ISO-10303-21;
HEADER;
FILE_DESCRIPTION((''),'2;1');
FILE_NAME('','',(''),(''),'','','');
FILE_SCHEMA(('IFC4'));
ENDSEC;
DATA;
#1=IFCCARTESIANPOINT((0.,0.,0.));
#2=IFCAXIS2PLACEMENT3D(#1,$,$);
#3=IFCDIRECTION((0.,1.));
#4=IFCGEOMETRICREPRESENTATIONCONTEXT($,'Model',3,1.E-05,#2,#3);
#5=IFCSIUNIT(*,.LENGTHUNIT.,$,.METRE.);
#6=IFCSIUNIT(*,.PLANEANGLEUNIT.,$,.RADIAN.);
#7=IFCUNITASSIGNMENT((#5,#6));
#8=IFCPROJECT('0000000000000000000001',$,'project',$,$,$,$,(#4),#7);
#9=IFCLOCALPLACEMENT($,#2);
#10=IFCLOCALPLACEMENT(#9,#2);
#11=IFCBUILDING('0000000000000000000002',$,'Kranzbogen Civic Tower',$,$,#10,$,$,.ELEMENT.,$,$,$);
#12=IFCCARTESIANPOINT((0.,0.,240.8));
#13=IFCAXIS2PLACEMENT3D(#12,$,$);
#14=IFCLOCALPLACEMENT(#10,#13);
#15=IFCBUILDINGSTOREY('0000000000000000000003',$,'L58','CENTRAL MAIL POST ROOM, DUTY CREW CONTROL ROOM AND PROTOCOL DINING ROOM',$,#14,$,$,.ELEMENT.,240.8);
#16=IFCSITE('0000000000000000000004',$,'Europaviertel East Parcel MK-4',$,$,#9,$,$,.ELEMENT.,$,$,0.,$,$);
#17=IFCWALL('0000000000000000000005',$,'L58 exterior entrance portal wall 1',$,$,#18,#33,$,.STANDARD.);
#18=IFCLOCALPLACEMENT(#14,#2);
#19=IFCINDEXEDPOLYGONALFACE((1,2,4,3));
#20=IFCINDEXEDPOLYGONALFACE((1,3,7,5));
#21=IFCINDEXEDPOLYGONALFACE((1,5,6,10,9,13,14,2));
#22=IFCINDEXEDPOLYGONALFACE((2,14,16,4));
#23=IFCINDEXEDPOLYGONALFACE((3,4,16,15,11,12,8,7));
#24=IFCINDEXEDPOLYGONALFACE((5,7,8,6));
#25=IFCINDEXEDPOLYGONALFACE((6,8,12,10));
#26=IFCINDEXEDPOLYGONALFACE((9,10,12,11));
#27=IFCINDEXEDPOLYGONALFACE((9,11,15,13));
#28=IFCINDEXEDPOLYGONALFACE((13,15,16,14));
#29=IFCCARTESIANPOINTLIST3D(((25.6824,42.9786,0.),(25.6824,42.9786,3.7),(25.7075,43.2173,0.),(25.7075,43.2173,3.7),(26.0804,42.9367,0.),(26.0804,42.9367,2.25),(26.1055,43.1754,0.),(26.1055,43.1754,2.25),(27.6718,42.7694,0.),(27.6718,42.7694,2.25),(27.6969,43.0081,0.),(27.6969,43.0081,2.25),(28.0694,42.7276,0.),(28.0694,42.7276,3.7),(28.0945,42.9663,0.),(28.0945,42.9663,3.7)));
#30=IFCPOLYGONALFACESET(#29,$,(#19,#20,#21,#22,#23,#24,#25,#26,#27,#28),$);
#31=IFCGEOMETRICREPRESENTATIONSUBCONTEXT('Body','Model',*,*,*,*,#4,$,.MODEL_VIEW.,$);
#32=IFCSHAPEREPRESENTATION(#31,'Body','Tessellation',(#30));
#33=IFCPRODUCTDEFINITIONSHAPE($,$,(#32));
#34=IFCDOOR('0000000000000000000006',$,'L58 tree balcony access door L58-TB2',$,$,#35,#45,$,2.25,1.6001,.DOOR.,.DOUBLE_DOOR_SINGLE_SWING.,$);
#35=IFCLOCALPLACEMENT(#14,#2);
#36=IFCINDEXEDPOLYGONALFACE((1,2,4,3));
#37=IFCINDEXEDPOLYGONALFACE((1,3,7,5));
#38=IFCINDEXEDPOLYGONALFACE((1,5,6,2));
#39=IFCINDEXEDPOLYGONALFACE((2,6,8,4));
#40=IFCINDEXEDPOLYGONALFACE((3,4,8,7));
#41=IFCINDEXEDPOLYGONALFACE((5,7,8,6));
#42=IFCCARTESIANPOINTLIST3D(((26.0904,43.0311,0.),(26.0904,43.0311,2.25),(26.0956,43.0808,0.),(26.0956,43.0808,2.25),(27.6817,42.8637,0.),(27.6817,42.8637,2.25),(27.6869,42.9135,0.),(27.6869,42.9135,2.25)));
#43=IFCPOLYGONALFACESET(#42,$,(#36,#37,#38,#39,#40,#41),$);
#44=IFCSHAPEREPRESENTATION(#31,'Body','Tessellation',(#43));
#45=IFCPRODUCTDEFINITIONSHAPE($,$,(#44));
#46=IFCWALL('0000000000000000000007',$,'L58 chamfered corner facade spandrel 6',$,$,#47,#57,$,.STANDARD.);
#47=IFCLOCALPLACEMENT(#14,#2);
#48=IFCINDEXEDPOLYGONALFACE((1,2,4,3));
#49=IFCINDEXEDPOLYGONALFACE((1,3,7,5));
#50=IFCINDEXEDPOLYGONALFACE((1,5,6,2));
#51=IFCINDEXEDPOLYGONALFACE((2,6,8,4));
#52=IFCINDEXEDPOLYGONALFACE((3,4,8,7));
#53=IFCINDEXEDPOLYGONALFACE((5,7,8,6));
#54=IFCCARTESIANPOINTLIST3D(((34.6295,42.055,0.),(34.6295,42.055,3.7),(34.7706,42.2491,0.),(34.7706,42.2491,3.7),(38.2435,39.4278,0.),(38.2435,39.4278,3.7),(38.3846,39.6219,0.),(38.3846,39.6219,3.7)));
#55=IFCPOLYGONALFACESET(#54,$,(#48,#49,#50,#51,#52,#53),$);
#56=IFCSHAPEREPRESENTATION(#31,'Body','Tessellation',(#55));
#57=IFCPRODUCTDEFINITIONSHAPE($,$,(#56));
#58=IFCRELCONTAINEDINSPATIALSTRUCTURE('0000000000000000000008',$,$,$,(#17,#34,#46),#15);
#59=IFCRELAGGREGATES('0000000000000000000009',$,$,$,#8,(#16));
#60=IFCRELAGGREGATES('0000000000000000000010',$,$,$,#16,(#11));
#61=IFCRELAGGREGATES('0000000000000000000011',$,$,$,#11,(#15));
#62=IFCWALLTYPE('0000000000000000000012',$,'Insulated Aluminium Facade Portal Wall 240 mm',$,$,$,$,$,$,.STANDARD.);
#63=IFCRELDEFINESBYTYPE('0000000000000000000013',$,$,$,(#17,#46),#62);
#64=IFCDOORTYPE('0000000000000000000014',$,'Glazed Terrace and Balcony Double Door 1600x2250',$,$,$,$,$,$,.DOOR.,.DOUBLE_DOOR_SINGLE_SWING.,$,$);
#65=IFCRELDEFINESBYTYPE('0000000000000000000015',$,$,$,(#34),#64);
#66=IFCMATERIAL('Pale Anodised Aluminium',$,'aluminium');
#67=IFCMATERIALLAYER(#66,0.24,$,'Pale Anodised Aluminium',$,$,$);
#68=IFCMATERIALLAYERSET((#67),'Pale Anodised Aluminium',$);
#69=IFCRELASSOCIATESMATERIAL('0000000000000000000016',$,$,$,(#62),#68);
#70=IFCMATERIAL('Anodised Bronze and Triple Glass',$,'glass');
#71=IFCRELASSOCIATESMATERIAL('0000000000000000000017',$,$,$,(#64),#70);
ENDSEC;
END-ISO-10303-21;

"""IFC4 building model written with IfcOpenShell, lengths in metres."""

from ifc_helpers import new_model, si_unit, direction, frame, frame_2d, origin, place, context, subcontext, project, spatial, rectangle, extrude, material, layer, layer_set, type_object, element, fill, save


model = new_model("IFC4")

# Units and contexts
model_context = context("Model", 3, precision=1e-05, world=origin(), true_north=direction((0.0, 1.0)))
body_context = subcontext(model_context, "Body", "Model", "MODEL_VIEW")
ifc_project = project(units=[si_unit("LENGTHUNIT", "METRE"), si_unit("PLANEANGLEUNIT", "RADIAN")], contexts=[model_context])

# Site, building, storey
site_placement = place(None, origin())
site = spatial("IfcSite", under=ifc_project, at=site_placement, Name="Europaviertel East Parcel MK-4", CompositionType="ELEMENT", RefElevation=0.0)
building_placement = place(site_placement, origin())
building = spatial("IfcBuilding", under=site, at=building_placement, Name="Kranzbogen Civic Tower", CompositionType="ELEMENT")
storey_placement = place(building_placement, frame((0.0, 0.0, 240.8)))
storey = spatial("IfcBuildingStorey", under=building, at=storey_placement, Name="L58", Description="CENTRAL MAIL POST ROOM, DUTY CREW CONTROL ROOM AND PROTOCOL DINING ROOM", CompositionType="ELEMENT", Elevation=240.8)

# Shared definitions
ifc_material_1 = material(Name="Pale Anodised Aluminium", Category="aluminium")

# Wall, opening, door
ifc_layer_1 = layer(ifc_material_1, 0.24, Name="Pale Anodised Aluminium")
ifc_layer_set_1 = layer_set([ifc_layer_1], Name="Pale Anodised Aluminium")
wall_type_1 = type_object("IfcWallType", Name="Insulated Aluminium Facade Portal Wall 240 mm", PredefinedType="STANDARD", material=ifc_layer_set_1)
wall_1_placement = place(storey_placement, frame((28.082, 42.8469, 0.0), z_axis=(0.0, 0.0, 1.0), x_axis=(-0.994518, 0.104568, 0.0)))
wall_1 = element("IfcWall", 1, at=wall_1_placement, inside=storey, type_object=wall_type_1, Name="L58 exterior entrance portal wall 1", PredefinedType="STANDARD", context=body_context, shape_type="SweptSolid", body=[
    extrude(rectangle(XDim=2.4001, YDim=0.24, at=frame_2d((1.2002, 0.0))), origin(), (0.0, 0.0, 1.0), 3.7),
])
opening_1_placement = place(wall_1_placement, frame((0.3999, 0.0, 0.0)))
opening_1 = element("IfcOpeningElement", 2, at=opening_1_placement, cuts=wall_1, PredefinedType="OPENING", context=body_context, shape_type="SweptSolid", body=[
    extrude(rectangle(XDim=1.6001, YDim=2.25, at=frame_2d((0.8, 1.125))), frame((0.0, 0.1299, 0.0), z_axis=(0.0, -1.0, 0.0), x_axis=(1.0, 0.0, 0.0)), (0.0, 0.0, 1.0), 0.26),
])
ifc_material_2 = material(Name="Anodised Bronze and Triple Glass", Category="glass")
door_type_1 = type_object("IfcDoorType", Name="Glazed Terrace and Balcony Double Door 1600x2250", OperationType="DOUBLE_DOOR_SINGLE_SWING", PredefinedType="DOOR", material=ifc_material_2)
door_1_placement = place(opening_1_placement, frame((1.6001, 0.0, 0.0), z_axis=(0.0, 0.0, 1.0), x_axis=(-1.0, 0.0, 0.0)))
door_1 = element("IfcDoor", 3, at=door_1_placement, inside=storey, type_object=door_type_1, Name="L58 tree balcony access door L58-TB2", OperationType="DOUBLE_DOOR_SINGLE_SWING", OverallHeight=2.25, OverallWidth=1.6001, PredefinedType="DOOR", context=body_context, shape_type="SweptSolid", body=[
    extrude(rectangle(XDim=1.6001, YDim=2.25, at=frame_2d((0.8, 1.125))), frame((0.0, 0.0249, 0.0), z_axis=(0.0, -1.0, 0.0), x_axis=(1.0, 0.0, 0.0)), (0.0, 0.0, 1.0), 0.05),
])
fill(opening_1, door_1)

# Wall
wall_2_placement = place(storey_placement, frame((38.314, 39.5249, 0.0), z_axis=(0.0, 0.0, 1.0), x_axis=(-0.808861, 0.587999, 0.0)))
element("IfcWall", 4, at=wall_2_placement, inside=storey, type_object=wall_type_1, Name="L58 chamfered corner facade spandrel 6", PredefinedType="STANDARD", context=body_context, shape_type="SweptSolid", body=[
    extrude(rectangle(XDim=4.468, YDim=0.24, at=frame_2d((2.2339, 0.0))), origin(), (0.0, 0.0, 1.0), 3.7),
])

save(model, "model.ifc")
